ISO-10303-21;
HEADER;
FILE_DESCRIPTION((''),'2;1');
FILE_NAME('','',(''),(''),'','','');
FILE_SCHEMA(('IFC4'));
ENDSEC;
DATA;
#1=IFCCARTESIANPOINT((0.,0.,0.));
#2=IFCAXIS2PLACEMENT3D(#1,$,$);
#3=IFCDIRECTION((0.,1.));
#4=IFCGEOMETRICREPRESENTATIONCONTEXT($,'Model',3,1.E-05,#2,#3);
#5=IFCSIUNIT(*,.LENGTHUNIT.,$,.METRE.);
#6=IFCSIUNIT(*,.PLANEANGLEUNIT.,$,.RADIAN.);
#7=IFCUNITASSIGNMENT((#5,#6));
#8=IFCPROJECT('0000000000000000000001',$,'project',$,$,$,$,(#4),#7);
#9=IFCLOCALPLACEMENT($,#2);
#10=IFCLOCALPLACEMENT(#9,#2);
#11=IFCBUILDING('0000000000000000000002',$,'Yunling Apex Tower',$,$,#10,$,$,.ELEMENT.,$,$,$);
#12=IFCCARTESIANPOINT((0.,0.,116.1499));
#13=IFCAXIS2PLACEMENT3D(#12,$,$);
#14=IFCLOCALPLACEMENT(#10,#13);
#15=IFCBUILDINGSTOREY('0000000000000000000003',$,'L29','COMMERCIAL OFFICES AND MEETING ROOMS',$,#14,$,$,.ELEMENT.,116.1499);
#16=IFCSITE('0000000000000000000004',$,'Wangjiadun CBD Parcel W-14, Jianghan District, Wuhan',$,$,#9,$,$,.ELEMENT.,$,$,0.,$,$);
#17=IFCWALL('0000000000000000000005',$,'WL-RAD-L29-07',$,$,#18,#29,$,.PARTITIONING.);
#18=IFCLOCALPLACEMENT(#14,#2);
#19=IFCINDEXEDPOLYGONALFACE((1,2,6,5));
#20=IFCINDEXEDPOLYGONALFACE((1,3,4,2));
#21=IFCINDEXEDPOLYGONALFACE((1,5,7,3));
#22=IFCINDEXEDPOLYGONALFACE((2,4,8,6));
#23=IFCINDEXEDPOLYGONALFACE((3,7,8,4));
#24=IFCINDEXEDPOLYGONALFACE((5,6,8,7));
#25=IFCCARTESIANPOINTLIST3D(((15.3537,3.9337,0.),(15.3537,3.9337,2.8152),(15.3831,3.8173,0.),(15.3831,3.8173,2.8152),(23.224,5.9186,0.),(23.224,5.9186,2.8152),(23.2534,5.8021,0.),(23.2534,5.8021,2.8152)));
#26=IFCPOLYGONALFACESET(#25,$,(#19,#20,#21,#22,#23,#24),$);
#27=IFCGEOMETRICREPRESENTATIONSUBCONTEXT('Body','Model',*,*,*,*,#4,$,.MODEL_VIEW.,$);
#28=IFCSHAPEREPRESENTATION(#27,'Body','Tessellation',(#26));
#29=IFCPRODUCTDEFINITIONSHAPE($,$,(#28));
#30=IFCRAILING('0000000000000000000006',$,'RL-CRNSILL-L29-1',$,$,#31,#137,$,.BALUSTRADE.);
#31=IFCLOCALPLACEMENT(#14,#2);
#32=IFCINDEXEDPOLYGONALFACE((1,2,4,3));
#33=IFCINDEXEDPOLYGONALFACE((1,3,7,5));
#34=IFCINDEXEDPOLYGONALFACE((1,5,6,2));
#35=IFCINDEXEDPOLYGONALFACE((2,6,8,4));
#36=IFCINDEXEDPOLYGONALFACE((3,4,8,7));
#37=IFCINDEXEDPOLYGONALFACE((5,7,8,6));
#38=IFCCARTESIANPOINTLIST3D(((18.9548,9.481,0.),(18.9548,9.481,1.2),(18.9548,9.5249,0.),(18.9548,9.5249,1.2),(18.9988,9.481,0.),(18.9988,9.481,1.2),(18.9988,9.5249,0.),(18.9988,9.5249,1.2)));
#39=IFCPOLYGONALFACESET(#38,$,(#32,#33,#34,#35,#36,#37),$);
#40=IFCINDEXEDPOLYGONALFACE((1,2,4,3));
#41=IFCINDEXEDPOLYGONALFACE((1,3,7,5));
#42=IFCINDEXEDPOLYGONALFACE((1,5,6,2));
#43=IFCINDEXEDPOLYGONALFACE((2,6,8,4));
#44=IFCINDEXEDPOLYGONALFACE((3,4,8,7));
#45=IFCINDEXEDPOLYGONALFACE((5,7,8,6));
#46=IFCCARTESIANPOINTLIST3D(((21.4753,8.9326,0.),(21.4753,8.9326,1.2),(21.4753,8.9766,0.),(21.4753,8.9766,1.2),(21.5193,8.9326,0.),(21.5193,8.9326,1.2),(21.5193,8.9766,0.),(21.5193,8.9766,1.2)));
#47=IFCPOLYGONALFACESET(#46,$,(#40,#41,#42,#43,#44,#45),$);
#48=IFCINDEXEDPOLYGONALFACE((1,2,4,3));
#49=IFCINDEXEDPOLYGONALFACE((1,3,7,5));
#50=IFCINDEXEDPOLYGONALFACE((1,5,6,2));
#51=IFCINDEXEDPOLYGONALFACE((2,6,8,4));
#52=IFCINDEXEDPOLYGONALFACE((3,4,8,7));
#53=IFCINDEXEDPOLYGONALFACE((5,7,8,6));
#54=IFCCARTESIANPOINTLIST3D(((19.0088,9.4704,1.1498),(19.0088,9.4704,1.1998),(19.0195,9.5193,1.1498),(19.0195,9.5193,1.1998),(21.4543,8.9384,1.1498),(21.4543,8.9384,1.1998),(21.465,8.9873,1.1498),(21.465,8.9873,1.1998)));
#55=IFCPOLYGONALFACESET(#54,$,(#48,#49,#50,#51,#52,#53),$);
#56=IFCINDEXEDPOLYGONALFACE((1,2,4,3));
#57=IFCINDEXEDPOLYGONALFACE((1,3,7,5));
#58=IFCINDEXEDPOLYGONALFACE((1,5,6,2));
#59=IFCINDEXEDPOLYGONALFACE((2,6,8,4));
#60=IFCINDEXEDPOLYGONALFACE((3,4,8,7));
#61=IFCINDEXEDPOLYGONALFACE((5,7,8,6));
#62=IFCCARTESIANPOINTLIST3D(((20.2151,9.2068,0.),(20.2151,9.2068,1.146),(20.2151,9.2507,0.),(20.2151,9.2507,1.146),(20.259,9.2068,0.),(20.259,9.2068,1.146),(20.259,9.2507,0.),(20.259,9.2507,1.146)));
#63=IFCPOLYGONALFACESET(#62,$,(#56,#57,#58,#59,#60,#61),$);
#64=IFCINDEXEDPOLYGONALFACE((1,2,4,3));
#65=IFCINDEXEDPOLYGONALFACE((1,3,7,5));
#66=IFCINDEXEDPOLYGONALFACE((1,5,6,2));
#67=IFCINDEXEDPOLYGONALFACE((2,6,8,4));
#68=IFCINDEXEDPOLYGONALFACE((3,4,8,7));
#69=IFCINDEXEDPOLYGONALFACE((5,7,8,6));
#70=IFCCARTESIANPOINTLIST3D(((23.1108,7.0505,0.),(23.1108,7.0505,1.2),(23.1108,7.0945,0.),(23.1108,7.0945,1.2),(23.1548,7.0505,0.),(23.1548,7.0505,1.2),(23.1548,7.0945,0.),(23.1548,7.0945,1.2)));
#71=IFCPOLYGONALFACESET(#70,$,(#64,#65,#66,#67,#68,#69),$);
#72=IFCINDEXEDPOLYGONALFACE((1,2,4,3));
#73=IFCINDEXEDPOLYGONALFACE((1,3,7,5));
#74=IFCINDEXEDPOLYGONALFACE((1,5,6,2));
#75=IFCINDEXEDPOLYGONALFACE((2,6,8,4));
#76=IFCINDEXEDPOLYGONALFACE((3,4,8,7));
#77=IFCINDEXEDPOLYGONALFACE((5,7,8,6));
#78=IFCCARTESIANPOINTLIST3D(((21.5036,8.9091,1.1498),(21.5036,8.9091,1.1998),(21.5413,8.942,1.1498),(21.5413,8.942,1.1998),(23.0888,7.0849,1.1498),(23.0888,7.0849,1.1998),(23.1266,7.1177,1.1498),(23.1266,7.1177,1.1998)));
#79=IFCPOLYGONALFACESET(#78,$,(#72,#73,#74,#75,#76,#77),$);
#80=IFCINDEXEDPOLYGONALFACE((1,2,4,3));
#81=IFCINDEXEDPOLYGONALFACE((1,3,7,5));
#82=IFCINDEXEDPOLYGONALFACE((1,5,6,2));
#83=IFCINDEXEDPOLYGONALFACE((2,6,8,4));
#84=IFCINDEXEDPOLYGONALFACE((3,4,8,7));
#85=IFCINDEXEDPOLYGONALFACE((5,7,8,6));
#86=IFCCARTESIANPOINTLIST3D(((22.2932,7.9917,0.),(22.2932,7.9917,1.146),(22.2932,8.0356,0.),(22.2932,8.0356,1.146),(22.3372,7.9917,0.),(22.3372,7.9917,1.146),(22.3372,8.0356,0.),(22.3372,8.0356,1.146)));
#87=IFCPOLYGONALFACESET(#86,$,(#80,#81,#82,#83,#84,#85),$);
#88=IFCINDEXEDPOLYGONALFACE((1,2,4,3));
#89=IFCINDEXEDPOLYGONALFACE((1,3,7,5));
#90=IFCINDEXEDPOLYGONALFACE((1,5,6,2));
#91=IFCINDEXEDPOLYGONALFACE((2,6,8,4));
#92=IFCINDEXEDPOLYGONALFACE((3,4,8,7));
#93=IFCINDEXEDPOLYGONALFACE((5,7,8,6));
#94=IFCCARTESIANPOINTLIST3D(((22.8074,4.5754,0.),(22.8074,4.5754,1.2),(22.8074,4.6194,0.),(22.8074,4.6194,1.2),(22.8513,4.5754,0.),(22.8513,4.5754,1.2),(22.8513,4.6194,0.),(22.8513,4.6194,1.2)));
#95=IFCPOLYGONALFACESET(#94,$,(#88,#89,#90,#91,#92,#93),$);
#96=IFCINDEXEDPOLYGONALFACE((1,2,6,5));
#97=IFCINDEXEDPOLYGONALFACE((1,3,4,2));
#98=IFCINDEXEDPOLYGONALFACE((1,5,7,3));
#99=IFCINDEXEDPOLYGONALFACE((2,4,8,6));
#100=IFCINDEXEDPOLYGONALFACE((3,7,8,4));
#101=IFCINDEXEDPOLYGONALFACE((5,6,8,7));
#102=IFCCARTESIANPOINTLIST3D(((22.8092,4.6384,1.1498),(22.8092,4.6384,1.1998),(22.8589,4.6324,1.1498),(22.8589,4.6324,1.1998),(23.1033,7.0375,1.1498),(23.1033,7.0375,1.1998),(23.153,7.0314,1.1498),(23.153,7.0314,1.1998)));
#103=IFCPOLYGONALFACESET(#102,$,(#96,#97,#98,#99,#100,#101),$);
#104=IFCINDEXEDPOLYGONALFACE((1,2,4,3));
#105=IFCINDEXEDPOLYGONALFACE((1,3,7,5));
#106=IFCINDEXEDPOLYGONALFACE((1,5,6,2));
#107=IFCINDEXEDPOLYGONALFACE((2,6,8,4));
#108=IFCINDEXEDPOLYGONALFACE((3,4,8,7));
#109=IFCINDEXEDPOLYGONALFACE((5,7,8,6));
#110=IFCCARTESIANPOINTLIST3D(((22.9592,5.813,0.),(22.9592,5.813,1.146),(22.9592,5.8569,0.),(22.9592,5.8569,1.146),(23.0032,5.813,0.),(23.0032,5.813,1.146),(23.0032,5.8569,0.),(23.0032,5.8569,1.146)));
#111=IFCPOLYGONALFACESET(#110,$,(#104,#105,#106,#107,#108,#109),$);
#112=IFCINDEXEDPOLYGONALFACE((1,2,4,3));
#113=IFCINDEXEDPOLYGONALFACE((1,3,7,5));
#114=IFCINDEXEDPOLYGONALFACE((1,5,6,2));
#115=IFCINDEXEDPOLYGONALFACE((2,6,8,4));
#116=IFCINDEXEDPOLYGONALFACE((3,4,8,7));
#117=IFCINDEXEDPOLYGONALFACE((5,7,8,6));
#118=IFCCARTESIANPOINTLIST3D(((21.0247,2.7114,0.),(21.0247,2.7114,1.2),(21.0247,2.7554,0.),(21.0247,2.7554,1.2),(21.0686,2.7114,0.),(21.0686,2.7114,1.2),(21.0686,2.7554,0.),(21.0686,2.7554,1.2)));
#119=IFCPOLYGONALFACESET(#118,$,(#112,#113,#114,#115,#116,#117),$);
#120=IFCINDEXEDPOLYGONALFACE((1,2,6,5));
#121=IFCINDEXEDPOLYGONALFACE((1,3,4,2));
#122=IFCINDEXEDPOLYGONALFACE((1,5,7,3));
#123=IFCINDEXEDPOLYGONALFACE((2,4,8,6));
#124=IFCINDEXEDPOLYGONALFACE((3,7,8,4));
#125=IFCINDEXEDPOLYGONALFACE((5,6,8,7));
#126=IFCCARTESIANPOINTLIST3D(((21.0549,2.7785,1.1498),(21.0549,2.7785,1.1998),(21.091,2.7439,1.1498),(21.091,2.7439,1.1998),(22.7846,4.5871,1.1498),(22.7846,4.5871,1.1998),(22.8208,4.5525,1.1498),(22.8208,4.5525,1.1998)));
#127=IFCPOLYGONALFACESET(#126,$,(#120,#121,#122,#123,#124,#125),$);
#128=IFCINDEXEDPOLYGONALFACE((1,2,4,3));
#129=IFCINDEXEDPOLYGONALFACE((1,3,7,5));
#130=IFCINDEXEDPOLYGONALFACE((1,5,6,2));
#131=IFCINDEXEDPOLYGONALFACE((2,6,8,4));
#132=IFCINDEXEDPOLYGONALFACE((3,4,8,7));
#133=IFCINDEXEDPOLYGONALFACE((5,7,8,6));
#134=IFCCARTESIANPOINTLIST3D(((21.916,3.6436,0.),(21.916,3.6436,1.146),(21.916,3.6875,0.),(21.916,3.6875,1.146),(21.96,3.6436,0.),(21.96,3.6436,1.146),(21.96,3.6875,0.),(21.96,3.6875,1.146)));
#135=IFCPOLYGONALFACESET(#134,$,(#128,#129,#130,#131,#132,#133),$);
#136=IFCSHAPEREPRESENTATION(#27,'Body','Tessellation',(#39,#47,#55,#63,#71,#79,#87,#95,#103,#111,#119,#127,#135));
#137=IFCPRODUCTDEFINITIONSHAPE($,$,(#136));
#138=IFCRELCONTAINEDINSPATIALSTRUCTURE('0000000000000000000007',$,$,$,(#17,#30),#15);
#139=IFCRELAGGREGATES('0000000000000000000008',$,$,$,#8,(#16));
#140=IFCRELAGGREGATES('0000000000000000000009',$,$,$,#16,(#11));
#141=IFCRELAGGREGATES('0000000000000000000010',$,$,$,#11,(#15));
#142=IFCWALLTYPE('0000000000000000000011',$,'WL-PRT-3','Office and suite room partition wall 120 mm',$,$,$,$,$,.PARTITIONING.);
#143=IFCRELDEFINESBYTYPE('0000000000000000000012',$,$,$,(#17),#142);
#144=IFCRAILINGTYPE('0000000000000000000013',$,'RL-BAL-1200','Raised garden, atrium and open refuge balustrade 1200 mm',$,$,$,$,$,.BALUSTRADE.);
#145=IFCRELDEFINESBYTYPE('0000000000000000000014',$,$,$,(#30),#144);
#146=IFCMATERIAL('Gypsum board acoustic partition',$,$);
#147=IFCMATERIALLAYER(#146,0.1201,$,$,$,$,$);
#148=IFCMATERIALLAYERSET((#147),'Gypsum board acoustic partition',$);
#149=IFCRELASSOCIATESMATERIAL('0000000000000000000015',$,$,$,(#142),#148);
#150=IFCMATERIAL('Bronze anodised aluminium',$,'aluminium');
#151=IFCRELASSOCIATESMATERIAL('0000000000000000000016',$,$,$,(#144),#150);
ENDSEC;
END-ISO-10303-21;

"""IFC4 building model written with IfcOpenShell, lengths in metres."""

from ifc_helpers import new_model, si_unit, direction, frame, frame_2d, origin, origin_2d, place, context, subcontext, project, spatial, rectangle, extrude, material, layer, layer_set, type_object, element, save


model = new_model("IFC4")

# Units and contexts
model_context = context("Model", 3, precision=1e-05, world=origin(), true_north=direction((0.0, 1.0)))
body_context = subcontext(model_context, "Body", "Model", "MODEL_VIEW")
ifc_project = project(units=[si_unit("LENGTHUNIT", "METRE"), si_unit("PLANEANGLEUNIT", "RADIAN")], contexts=[model_context])

# Site, building, storey
site_placement = place(None, origin())
site = spatial("IfcSite", under=ifc_project, at=site_placement, Name="Wangjiadun CBD Parcel W-14, Jianghan District, Wuhan", CompositionType="ELEMENT", RefElevation=0.0)
building_placement = place(site_placement, origin())
building = spatial("IfcBuilding", under=site, at=building_placement, Name="Yunling Apex Tower", CompositionType="ELEMENT")
storey_placement = place(building_placement, frame((0.0, 0.0, 116.1499)))
storey = spatial("IfcBuildingStorey", under=building, at=storey_placement, Name="L29", Description="COMMERCIAL OFFICES AND MEETING ROOMS", CompositionType="ELEMENT", Elevation=116.1499)

# Shared definitions
ifc_material_1 = material(Name="Bronze anodised aluminium", Category="aluminium")

# Wall
ifc_material_2 = material(Name="Gypsum board acoustic partition")
ifc_layer_1 = layer(ifc_material_2, 0.1201)
ifc_layer_set_1 = layer_set([ifc_layer_1], Name="Gypsum board acoustic partition")
wall_type = type_object("IfcWallType", Name="WL-PRT-3", Description="Office and suite room partition wall 120 mm", PredefinedType="PARTITIONING", material=ifc_layer_set_1)
wall_placement = place(storey_placement, frame((15.3684, 3.8755, 0.0), z_axis=(0.0, 0.0, 1.0), x_axis=(0.96964, 0.244538, 0.0)))
element("IfcWall", 1, at=wall_placement, inside=storey, type_object=wall_type, Name="WL-RAD-L29-07", PredefinedType="PARTITIONING", context=body_context, shape_type="SweptSolid", body=[
    extrude(rectangle(XDim=8.1167, YDim=0.1201, at=frame_2d((4.0583, 0.0))), origin(), (0.0, 0.0, 1.0), 2.8152),
])

# Railing
railing_type = type_object("IfcRailingType", Name="RL-BAL-1200", Description="Raised garden, atrium and open refuge balustrade 1200 mm", PredefinedType="BALUSTRADE", material=ifc_material_1)
railing_placement = place(storey_placement, frame((18.9768, 9.5029, 0.0)))
element("IfcRailing", 2, at=railing_placement, inside=storey, type_object=railing_type, Name="RL-CRNSILL-L29-1", PredefinedType="BALUSTRADE", context=body_context, shape_type="SweptSolid", body=[
    extrude(rectangle(XDim=0.0439, YDim=0.0439, at=origin_2d()), origin(), (0.0, 0.0, 1.0), 1.2),
    extrude(rectangle(XDim=0.0439, YDim=0.0439, at=origin_2d()), frame((2.5205, -0.5483, 0.0)), (0.0, 0.0, 1.0), 1.2),
    extrude(rectangle(XDim=0.05, YDim=0.05, at=origin_2d()), frame((0.0374, -0.0081, 1.1748), z_axis=(0.977144, -0.212579, 0.0), x_axis=(0.212579, 0.977144, 0.0)), (0.0, 0.0, 1.0), 2.5027),
    extrude(rectangle(XDim=0.0439, YDim=0.0439, at=origin_2d()), frame((1.2603, -0.2742, 0.0)), (0.0, 0.0, 1.0), 1.146),
    extrude(rectangle(XDim=0.0439, YDim=0.0439, at=origin_2d()), frame((4.156, -2.4304, 0.0)), (0.0, 0.0, 1.0), 1.2),
    extrude(rectangle(XDim=0.05, YDim=0.05, at=origin_2d()), frame((2.5457, -0.5774, 1.1748), z_axis=(0.655929, -0.754823, 0.0), x_axis=(0.754823, 0.655929, 0.0)), (0.0, 0.0, 1.0), 2.4167),
    extrude(rectangle(XDim=0.0439, YDim=0.0439, at=origin_2d()), frame((3.3384, -1.4893, 0.0)), (0.0, 0.0, 1.0), 1.146),
    extrude(rectangle(XDim=0.0439, YDim=0.0439, at=origin_2d()), frame((3.8525, -4.9055, 0.0)), (0.0, 0.0, 1.0), 1.2),
    extrude(rectangle(XDim=0.05, YDim=0.05, at=origin_2d()), frame((4.1514, -2.4685, 1.1748), z_axis=(-0.121697, -0.992567, 0.0), x_axis=(0.992567, -0.121697, 0.0)), (0.0, 0.0, 1.0), 2.417),
    extrude(rectangle(XDim=0.0439, YDim=0.0439, at=origin_2d()), frame((4.0044, -3.668, 0.0)), (0.0, 0.0, 1.0), 1.146),
    extrude(rectangle(XDim=0.0439, YDim=0.0439, at=origin_2d()), frame((2.0698, -6.7695, 0.0)), (0.0, 0.0, 1.0), 1.2),
    extrude(rectangle(XDim=0.05, YDim=0.05, at=origin_2d()), frame((3.8259, -4.9331, 1.1748), z_axis=(-0.691171, -0.722691, 0.0), x_axis=(0.722691, -0.691171, 0.0)), (0.0, 0.0, 1.0), 2.5027),
    extrude(rectangle(XDim=0.0439, YDim=0.0439, at=origin_2d()), frame((2.9612, -5.8374, 0.0)), (0.0, 0.0, 1.0), 1.146),
])

save(model, "model.ifc")
